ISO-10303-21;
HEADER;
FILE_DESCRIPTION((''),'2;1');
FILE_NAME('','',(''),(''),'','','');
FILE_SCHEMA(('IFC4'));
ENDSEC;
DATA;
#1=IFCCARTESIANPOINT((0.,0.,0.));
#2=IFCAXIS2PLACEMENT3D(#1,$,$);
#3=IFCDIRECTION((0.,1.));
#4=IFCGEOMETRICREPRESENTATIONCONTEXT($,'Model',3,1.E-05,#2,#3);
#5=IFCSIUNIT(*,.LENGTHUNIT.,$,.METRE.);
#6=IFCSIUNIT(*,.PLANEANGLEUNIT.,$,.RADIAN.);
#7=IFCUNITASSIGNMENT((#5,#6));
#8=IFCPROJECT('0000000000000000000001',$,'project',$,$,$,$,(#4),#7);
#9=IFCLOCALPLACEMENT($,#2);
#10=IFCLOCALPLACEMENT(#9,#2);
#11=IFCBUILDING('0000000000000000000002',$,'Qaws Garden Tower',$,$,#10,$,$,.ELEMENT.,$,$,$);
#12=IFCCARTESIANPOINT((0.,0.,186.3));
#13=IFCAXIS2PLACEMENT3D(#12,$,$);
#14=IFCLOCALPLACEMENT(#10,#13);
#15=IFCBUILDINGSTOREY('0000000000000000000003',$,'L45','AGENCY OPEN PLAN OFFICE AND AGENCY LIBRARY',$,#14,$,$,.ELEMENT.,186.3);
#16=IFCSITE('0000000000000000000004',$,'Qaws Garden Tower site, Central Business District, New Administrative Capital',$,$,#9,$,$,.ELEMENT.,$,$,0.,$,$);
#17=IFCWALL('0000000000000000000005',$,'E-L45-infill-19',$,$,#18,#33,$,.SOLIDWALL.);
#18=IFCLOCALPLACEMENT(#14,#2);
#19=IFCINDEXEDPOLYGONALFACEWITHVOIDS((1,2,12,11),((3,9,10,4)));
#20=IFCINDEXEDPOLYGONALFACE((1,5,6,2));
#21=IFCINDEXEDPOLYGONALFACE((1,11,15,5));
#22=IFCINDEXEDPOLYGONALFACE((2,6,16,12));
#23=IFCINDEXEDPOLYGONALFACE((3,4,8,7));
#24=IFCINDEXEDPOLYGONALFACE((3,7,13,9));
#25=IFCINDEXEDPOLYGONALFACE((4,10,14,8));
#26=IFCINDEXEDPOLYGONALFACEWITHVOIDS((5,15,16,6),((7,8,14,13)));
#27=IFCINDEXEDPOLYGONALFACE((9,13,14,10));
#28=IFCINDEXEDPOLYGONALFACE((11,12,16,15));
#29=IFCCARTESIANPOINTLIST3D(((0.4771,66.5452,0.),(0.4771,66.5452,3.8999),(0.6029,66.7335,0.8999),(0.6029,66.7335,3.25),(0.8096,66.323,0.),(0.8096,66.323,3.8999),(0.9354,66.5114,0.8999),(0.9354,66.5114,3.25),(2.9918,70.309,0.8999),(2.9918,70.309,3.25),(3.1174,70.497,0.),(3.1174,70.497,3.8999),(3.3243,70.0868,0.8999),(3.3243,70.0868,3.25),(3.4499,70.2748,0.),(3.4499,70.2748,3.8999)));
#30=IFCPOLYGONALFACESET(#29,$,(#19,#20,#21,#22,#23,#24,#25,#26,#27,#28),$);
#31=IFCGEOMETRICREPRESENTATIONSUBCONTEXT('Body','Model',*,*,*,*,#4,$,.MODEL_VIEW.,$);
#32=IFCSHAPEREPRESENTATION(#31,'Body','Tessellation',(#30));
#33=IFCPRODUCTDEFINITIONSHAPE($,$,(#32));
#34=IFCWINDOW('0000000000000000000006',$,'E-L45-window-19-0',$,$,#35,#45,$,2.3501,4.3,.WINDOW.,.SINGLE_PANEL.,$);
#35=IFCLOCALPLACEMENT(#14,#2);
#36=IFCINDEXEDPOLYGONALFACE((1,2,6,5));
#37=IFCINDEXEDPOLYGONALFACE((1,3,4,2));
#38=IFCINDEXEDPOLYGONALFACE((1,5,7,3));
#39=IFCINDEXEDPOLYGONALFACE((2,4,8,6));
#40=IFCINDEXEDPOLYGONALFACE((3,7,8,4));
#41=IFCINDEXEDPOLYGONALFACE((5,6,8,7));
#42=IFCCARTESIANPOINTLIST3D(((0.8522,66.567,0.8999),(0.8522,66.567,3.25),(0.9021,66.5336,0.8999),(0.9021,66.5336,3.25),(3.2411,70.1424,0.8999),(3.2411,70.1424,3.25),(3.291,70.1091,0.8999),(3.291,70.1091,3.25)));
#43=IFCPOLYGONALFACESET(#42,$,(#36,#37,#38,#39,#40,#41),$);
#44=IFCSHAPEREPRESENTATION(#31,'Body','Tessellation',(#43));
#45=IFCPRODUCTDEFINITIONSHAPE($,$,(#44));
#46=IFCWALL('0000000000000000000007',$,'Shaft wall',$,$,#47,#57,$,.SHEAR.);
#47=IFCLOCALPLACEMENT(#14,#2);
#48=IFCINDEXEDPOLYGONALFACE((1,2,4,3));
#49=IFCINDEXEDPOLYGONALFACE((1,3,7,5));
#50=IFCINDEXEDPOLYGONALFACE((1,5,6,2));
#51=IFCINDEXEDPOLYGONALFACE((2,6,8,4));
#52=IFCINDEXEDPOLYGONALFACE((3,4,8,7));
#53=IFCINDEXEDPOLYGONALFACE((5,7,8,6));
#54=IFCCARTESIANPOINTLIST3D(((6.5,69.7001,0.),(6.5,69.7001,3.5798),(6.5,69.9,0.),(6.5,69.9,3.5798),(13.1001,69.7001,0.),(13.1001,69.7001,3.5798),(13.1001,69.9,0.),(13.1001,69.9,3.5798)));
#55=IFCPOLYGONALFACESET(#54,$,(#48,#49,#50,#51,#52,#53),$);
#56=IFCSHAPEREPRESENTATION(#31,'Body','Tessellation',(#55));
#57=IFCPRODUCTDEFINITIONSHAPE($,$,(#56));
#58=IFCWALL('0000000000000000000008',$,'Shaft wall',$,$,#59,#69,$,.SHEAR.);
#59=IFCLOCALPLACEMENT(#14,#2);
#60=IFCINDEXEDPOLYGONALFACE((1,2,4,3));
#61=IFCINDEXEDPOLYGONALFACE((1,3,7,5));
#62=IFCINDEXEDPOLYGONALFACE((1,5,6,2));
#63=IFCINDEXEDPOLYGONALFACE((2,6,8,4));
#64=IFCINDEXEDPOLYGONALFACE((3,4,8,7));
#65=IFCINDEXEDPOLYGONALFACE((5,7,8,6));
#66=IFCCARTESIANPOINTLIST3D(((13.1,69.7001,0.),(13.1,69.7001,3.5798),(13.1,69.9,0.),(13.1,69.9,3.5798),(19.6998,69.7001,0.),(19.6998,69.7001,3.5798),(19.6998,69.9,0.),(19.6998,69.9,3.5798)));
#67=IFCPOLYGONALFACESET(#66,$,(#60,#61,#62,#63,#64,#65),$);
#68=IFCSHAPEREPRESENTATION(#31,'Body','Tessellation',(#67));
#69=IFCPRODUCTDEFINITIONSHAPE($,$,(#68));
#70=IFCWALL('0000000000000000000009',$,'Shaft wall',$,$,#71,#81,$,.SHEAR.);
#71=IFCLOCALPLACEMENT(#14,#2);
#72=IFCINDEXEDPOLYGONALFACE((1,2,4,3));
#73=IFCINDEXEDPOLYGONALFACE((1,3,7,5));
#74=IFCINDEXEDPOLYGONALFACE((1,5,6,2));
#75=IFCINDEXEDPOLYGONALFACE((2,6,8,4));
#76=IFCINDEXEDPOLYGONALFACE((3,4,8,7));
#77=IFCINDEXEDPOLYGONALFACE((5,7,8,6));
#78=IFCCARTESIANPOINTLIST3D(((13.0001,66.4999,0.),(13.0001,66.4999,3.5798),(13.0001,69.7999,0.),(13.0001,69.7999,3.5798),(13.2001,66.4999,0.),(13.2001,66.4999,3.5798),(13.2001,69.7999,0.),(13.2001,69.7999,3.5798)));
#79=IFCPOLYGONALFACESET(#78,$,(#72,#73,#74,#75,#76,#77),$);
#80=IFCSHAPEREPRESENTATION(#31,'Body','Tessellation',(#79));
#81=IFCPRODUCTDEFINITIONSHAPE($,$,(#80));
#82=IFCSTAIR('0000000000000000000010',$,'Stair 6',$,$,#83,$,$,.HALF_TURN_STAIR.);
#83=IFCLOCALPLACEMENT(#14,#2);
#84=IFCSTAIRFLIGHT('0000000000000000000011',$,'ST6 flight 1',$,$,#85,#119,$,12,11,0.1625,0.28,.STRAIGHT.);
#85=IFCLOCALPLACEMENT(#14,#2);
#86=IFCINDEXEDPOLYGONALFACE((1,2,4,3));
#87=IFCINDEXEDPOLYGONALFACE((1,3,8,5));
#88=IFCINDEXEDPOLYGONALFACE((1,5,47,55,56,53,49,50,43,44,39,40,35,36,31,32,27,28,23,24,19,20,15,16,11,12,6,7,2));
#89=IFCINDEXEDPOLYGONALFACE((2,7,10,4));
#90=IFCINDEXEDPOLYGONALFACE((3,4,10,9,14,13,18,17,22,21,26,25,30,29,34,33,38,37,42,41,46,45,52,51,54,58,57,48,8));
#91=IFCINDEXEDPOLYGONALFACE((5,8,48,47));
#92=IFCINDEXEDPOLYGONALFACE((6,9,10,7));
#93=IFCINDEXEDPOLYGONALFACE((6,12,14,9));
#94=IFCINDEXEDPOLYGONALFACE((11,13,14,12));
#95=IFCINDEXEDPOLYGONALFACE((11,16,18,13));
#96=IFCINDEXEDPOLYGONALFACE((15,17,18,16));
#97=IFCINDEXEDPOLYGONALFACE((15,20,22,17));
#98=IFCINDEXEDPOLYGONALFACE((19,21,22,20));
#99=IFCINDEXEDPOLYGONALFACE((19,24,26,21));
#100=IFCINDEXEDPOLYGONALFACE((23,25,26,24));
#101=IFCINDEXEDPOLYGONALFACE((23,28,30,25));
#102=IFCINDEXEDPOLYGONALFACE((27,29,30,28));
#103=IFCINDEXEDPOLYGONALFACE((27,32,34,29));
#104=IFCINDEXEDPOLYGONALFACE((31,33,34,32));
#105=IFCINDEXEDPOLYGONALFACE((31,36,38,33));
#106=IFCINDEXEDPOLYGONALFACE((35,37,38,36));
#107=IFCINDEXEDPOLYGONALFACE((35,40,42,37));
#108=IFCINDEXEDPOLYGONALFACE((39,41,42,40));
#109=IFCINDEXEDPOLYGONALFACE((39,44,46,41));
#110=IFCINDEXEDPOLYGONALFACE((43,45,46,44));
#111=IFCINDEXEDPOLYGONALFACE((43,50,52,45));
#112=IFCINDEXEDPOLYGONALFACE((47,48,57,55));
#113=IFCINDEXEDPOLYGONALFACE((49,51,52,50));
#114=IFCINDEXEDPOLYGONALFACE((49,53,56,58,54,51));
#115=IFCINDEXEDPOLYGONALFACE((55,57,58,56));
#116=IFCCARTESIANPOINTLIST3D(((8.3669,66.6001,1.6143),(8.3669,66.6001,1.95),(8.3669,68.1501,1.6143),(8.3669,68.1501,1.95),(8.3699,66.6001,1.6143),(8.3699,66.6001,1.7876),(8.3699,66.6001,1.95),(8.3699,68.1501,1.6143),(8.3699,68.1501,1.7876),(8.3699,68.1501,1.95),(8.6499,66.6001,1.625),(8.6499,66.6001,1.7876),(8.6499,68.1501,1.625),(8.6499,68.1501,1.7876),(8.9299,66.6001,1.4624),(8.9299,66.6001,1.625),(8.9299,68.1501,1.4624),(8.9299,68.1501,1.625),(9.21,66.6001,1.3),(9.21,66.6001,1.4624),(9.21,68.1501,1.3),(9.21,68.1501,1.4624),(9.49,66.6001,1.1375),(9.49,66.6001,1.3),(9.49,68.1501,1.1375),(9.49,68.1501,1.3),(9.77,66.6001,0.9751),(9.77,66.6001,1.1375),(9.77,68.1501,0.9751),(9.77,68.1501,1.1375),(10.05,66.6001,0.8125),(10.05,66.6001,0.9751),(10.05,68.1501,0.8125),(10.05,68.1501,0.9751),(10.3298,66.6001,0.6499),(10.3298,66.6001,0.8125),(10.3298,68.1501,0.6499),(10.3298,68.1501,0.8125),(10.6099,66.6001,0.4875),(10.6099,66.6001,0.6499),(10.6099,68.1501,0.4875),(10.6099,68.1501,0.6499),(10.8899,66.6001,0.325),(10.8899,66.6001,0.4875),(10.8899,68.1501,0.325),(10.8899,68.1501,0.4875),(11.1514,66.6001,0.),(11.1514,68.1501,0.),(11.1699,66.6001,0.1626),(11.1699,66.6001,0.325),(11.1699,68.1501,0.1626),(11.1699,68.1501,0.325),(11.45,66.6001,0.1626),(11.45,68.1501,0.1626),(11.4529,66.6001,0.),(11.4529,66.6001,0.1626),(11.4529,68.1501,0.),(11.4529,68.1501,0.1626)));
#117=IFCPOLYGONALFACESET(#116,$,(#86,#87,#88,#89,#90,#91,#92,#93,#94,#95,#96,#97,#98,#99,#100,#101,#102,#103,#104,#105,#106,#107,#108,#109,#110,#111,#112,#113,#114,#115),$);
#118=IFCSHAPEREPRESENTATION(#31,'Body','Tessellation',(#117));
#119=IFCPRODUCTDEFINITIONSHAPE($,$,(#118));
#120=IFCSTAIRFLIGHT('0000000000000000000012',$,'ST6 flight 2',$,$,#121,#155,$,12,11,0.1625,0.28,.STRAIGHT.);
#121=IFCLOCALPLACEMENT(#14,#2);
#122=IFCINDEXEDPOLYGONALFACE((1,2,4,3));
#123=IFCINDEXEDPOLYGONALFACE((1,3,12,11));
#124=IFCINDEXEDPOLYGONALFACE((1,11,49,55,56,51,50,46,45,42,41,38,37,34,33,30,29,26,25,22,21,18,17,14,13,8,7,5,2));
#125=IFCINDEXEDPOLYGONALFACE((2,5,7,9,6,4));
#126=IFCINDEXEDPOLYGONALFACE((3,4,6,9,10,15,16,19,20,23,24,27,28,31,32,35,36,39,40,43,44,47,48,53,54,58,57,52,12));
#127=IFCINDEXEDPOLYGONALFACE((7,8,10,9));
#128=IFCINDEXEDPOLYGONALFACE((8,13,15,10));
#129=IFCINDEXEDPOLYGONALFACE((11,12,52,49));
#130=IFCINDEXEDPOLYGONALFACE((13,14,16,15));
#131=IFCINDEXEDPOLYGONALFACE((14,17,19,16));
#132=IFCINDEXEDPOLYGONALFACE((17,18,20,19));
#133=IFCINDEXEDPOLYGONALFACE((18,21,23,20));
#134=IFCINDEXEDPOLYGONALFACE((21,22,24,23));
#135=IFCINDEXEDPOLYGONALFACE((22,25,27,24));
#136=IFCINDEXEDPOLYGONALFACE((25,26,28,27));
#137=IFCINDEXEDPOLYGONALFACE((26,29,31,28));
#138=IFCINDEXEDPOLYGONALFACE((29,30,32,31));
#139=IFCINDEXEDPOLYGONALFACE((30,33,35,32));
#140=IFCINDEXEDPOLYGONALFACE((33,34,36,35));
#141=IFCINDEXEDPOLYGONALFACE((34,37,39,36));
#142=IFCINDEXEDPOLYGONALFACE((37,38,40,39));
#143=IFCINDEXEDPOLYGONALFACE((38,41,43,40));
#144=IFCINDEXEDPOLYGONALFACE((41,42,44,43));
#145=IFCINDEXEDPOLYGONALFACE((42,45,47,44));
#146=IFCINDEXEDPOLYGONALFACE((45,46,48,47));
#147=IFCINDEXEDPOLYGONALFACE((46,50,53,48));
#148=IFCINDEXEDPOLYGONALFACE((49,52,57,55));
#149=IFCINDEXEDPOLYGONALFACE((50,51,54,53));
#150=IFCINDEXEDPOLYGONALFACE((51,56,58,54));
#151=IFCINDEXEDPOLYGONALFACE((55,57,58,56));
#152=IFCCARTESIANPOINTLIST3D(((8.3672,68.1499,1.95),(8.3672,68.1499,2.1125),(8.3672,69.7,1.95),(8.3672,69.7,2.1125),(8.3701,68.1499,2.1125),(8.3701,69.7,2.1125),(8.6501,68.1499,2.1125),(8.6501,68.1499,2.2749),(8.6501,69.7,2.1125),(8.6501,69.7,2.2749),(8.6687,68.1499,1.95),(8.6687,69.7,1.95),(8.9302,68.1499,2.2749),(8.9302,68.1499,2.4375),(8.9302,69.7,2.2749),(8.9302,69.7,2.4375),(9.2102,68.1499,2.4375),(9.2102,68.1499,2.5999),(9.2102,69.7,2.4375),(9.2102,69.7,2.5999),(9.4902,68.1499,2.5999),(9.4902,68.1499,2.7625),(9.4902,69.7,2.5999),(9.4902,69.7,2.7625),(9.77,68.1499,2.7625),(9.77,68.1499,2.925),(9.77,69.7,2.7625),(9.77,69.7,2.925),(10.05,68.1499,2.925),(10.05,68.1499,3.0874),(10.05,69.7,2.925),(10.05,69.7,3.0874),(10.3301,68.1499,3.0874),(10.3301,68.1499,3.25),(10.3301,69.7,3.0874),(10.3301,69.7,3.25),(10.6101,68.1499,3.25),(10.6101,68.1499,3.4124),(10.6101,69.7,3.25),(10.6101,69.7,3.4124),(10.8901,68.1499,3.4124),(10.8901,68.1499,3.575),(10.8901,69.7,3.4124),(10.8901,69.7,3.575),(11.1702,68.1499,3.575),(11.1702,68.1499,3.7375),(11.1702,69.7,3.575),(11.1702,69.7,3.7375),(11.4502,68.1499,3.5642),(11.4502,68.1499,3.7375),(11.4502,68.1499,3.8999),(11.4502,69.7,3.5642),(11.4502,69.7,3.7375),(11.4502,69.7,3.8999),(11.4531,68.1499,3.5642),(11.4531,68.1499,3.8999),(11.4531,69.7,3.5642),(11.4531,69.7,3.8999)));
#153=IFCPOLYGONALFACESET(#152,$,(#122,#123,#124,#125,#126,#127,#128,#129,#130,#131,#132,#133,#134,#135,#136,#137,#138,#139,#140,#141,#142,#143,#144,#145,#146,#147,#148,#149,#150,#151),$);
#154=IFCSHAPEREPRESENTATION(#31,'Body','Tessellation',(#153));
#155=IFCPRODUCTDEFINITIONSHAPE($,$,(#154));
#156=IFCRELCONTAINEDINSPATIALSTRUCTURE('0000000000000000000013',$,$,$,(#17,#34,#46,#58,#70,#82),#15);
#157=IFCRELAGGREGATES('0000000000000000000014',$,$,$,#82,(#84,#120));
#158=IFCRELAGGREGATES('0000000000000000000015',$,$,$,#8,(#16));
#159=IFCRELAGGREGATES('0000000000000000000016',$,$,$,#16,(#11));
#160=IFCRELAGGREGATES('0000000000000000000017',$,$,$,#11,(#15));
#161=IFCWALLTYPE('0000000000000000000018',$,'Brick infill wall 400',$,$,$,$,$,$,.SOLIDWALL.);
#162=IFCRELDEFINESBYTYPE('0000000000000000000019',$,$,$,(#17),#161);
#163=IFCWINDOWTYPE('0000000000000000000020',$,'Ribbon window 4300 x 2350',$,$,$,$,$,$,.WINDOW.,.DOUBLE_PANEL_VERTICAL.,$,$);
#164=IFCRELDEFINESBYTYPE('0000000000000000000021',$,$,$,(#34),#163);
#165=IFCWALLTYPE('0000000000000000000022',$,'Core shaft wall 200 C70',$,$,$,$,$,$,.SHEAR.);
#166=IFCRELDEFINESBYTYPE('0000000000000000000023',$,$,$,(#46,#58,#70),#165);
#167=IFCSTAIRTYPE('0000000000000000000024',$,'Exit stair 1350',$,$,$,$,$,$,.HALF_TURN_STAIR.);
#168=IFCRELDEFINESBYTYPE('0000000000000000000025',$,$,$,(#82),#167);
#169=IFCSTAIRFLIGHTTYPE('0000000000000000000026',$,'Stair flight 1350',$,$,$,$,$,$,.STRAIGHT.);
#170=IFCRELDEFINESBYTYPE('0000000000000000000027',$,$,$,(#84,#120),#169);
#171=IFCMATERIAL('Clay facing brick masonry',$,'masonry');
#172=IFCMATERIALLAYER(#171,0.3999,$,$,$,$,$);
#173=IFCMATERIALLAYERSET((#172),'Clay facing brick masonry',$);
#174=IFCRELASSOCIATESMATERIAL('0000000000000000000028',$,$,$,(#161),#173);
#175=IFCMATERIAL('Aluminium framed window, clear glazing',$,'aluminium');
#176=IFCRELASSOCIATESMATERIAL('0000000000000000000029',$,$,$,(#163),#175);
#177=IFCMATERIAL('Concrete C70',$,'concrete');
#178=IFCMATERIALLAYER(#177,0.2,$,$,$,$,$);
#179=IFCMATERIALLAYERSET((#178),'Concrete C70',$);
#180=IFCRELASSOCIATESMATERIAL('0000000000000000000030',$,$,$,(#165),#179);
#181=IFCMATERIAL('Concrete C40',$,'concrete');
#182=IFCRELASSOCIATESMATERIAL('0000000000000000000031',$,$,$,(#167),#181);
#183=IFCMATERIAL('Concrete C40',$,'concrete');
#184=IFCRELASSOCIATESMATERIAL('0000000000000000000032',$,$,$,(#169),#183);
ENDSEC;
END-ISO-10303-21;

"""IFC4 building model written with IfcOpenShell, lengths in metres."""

from ifc_helpers import new_model, si_unit, direction, frame, frame_2d, origin, place, context, subcontext, project, spatial, polyline, rectangle, outline, extrude, material, layer, layer_set, type_object, element, fill, aggregate, save


model = new_model("IFC4")

# Units and contexts
model_context = context("Model", 3, precision=1e-05, world=origin(), true_north=direction((0.0, 1.0)))
body_context = subcontext(model_context, "Body", "Model", "MODEL_VIEW")
ifc_project = project(units=[si_unit("LENGTHUNIT", "METRE"), si_unit("PLANEANGLEUNIT", "RADIAN")], contexts=[model_context])

# Site, building, storey
site_placement = place(None, origin())
site = spatial("IfcSite", under=ifc_project, at=site_placement, Name="Qaws Garden Tower site, Central Business District, New Administrative Capital", CompositionType="ELEMENT", RefElevation=0.0)
building_placement = place(site_placement, origin())
building = spatial("IfcBuilding", under=site, at=building_placement, Name="Qaws Garden Tower", CompositionType="ELEMENT")
storey_placement = place(building_placement, frame((0.0, 0.0, 186.3)))
storey = spatial("IfcBuildingStorey", under=building, at=storey_placement, Name="L45", Description="AGENCY OPEN PLAN OFFICE AND AGENCY LIBRARY", CompositionType="ELEMENT", Elevation=186.3)

# Wall, opening, window
ifc_material_1 = material(Name="Clay facing brick masonry", Category="masonry")
ifc_layer_1 = layer(ifc_material_1, 0.3999)
ifc_layer_set_1 = layer_set([ifc_layer_1], Name="Clay facing brick masonry")
wall_type_1 = type_object("IfcWallType", Name="Brick infill wall 400", PredefinedType="SOLIDWALL", material=ifc_layer_set_1)
ifc_material_2 = material(Name="Aluminium framed window, clear glazing", Category="aluminium")
window_type = type_object("IfcWindowType", Name="Ribbon window 4300 x 2350", PartitioningType="DOUBLE_PANEL_VERTICAL", PredefinedType="WINDOW", material=ifc_material_2)
wall_1_placement = place(storey_placement, frame((3.2837, 70.386, 0.0), z_axis=(0.0, 0.0, 1.0), x_axis=(-0.555542, -0.831489, 0.0)))
wall_1 = element("IfcWall", 1, at=wall_1_placement, inside=storey, type_object=wall_type_1, Name="E-L45-infill-19", PredefinedType="SOLIDWALL", context=body_context, shape_type="SweptSolid", body=[
    extrude(rectangle(XDim=4.7527, YDim=0.3999, at=frame_2d((2.3765, 0.0))), origin(), (0.0, 0.0, 1.0), 3.8999),
])
opening_1_placement = place(wall_1_placement, frame((0.2263, 0.0, 0.8999)))
opening_1 = element("IfcOpeningElement", 2, at=opening_1_placement, cuts=wall_1, PredefinedType="OPENING", context=body_context, shape_type="SweptSolid", body=[
    extrude(rectangle(XDim=4.3, YDim=2.3501, at=frame_2d((2.1499, 1.175))), frame((0.0, 0.21, 0.0), z_axis=(0.0, -1.0, 0.0), x_axis=(1.0, 0.0, 0.0)), (0.0, 0.0, 1.0), 0.4199),
])
window_1_placement = place(opening_1_placement, origin())
window_1 = element("IfcWindow", 3, at=window_1_placement, inside=storey, type_object=window_type, Name="E-L45-window-19-0", OverallHeight=2.3501, OverallWidth=4.3, PartitioningType="SINGLE_PANEL", PredefinedType="WINDOW", context=body_context, shape_type="SweptSolid", body=[
    extrude(rectangle(XDim=4.3, YDim=2.3501, at=frame_2d((2.1499, 1.175))), frame((0.0, 0.1599, 0.0), z_axis=(0.0, -1.0, 0.0), x_axis=(1.0, 0.0, 0.0)), (0.0, 0.0, 1.0), 0.0601),
])
fill(opening_1, window_1)

# Walls
ifc_material_3 = material(Name="Concrete C70", Category="concrete")
ifc_layer_2 = layer(ifc_material_3, 0.2)
ifc_layer_set_2 = layer_set([ifc_layer_2], Name="Concrete C70")
wall_type_2 = type_object("IfcWallType", Name="Core shaft wall 200 C70", PredefinedType="SHEAR", material=ifc_layer_set_2)
wall_2_placement = place(storey_placement, frame((6.5, 69.8, 0.0), z_axis=(0.0, 0.0, 1.0), x_axis=(1.0, 0.0, 0.0)))
element("IfcWall", 4, at=wall_2_placement, inside=storey, type_object=wall_type_2, Name="Shaft wall", PredefinedType="SHEAR", context=body_context, shape_type="SweptSolid", body=[
    extrude(rectangle(XDim=6.6001, YDim=0.2, at=frame_2d((3.3, 0.0))), origin(), (0.0, 0.0, 1.0), 3.5798),
])
wall_3_placement = place(storey_placement, frame((13.1001, 69.8, 0.0), z_axis=(0.0, 0.0, 1.0), x_axis=(1.0, 0.0, 0.0)))
element("IfcWall", 5, at=wall_3_placement, inside=storey, type_object=wall_type_2, Name="Shaft wall", PredefinedType="SHEAR", context=body_context, shape_type="SweptSolid", body=[
    extrude(rectangle(XDim=6.5999, YDim=0.2, at=frame_2d((3.2998, 0.0))), origin(), (0.0, 0.0, 1.0), 3.5798),
])
wall_4_placement = place(storey_placement, frame((13.1001, 66.5, 0.0), z_axis=(0.0, 0.0, 1.0), x_axis=(0.0, 1.0, 0.0)))
element("IfcWall", 6, at=wall_4_placement, inside=storey, type_object=wall_type_2, Name="Shaft wall", PredefinedType="SHEAR", context=body_context, shape_type="SweptSolid", body=[
    extrude(rectangle(XDim=3.3, YDim=0.2, at=frame_2d((1.6499, 0.0))), origin(), (0.0, 0.0, 1.0), 3.5798),
])

# Stair, stair flights
ifc_material_4 = material(Name="Concrete C40", Category="concrete")
stair_type = type_object("IfcStairType", Name="Exit stair 1350", PredefinedType="HALF_TURN_STAIR", material=ifc_material_4)
placement = place(storey_placement, origin())
stair_1 = element("IfcStair", 7, at=placement, inside=storey, type_object=stair_type, Name="Stair 6", PredefinedType="HALF_TURN_STAIR")
ifc_material_5 = material(Name="Concrete C40", Category="concrete")
stair_flight_type = type_object("IfcStairFlightType", Name="Stair flight 1350", PredefinedType="STRAIGHT", material=ifc_material_5)
stair_flight_1_placement = place(storey_placement, frame((11.45, 67.375, 0.0), z_axis=(0.0, 0.0, 1.0), x_axis=(-1.0, 0.0, 0.0)))
stair_flight_1 = element("IfcStairFlight", 8, at=stair_flight_1_placement, type_object=stair_flight_type, Name="ST6 flight 1", NumberOfRisers=12, NumberOfTreads=11, PredefinedType="STRAIGHT", RiserHeight=0.1625, TreadLength=0.28, context=body_context, shape_type="SweptSolid", body=[
    extrude(outline(polyline([(-0.0029, 0.0), (-0.0029, 0.1626), (0.0, 0.1626), (0.28, 0.1626), (0.28, 0.325), (0.5601, 0.325), (0.5601, 0.4875), (0.8401, 0.4875), (0.8401, 0.6499), (1.1201, 0.6499), (1.1201, 0.8125), (1.3999, 0.8125), (1.3999, 0.9751), (1.6799, 0.9751), (1.6799, 1.1375), (1.96, 1.1375), (1.96, 1.3), (2.24, 1.3), (2.24, 1.4624), (2.52, 1.4624), (2.52, 1.625), (2.8, 1.625), (2.8, 1.7876), (3.0801, 1.7876), (3.0801, 1.95), (3.083, 1.95), (3.083, 1.6143), (3.0801, 1.6143), (0.2986, 0.0), (-0.0029, 0.0)])), frame((0.0, 0.7749, 0.0), z_axis=(0.0, -1.0, 0.0), x_axis=(1.0, 0.0, 0.0)), (0.0, 0.0, 1.0), 1.55),
])
stair_flight_2_placement = place(storey_placement, frame((8.3701, 68.925, 1.95), z_axis=(0.0, 0.0, 1.0), x_axis=(1.0, 0.0, 0.0)))
stair_flight_2 = element("IfcStairFlight", 9, at=stair_flight_2_placement, type_object=stair_flight_type, Name="ST6 flight 2", NumberOfRisers=12, NumberOfTreads=11, PredefinedType="STRAIGHT", RiserHeight=0.1625, TreadLength=0.28, context=body_context, shape_type="SweptSolid", body=[
    extrude(outline(polyline([(-0.0029, 0.0), (-0.0029, 0.1626), (0.0, 0.1626), (0.28, 0.1626), (0.28, 0.325), (0.5601, 0.325), (0.5601, 0.4875), (0.8401, 0.4875), (0.8401, 0.6499), (1.1201, 0.6499), (1.1201, 0.8125), (1.3999, 0.8125), (1.3999, 0.9751), (1.6799, 0.9751), (1.6799, 1.1375), (1.96, 1.1375), (1.96, 1.3), (2.24, 1.3), (2.24, 1.4624), (2.52, 1.4624), (2.52, 1.625), (2.8, 1.625), (2.8, 1.7876), (3.0801, 1.7876), (3.0801, 1.95), (3.083, 1.95), (3.083, 1.6143), (3.0801, 1.6143), (0.2986, 0.0), (-0.0029, 0.0)])), frame((0.0, 0.7749, 0.0), z_axis=(0.0, -1.0, 0.0), x_axis=(1.0, 0.0, 0.0)), (0.0, 0.0, 1.0), 1.55),
])
aggregate(stair_1, [stair_flight_1, stair_flight_2])

save(model, "model.ifc")
